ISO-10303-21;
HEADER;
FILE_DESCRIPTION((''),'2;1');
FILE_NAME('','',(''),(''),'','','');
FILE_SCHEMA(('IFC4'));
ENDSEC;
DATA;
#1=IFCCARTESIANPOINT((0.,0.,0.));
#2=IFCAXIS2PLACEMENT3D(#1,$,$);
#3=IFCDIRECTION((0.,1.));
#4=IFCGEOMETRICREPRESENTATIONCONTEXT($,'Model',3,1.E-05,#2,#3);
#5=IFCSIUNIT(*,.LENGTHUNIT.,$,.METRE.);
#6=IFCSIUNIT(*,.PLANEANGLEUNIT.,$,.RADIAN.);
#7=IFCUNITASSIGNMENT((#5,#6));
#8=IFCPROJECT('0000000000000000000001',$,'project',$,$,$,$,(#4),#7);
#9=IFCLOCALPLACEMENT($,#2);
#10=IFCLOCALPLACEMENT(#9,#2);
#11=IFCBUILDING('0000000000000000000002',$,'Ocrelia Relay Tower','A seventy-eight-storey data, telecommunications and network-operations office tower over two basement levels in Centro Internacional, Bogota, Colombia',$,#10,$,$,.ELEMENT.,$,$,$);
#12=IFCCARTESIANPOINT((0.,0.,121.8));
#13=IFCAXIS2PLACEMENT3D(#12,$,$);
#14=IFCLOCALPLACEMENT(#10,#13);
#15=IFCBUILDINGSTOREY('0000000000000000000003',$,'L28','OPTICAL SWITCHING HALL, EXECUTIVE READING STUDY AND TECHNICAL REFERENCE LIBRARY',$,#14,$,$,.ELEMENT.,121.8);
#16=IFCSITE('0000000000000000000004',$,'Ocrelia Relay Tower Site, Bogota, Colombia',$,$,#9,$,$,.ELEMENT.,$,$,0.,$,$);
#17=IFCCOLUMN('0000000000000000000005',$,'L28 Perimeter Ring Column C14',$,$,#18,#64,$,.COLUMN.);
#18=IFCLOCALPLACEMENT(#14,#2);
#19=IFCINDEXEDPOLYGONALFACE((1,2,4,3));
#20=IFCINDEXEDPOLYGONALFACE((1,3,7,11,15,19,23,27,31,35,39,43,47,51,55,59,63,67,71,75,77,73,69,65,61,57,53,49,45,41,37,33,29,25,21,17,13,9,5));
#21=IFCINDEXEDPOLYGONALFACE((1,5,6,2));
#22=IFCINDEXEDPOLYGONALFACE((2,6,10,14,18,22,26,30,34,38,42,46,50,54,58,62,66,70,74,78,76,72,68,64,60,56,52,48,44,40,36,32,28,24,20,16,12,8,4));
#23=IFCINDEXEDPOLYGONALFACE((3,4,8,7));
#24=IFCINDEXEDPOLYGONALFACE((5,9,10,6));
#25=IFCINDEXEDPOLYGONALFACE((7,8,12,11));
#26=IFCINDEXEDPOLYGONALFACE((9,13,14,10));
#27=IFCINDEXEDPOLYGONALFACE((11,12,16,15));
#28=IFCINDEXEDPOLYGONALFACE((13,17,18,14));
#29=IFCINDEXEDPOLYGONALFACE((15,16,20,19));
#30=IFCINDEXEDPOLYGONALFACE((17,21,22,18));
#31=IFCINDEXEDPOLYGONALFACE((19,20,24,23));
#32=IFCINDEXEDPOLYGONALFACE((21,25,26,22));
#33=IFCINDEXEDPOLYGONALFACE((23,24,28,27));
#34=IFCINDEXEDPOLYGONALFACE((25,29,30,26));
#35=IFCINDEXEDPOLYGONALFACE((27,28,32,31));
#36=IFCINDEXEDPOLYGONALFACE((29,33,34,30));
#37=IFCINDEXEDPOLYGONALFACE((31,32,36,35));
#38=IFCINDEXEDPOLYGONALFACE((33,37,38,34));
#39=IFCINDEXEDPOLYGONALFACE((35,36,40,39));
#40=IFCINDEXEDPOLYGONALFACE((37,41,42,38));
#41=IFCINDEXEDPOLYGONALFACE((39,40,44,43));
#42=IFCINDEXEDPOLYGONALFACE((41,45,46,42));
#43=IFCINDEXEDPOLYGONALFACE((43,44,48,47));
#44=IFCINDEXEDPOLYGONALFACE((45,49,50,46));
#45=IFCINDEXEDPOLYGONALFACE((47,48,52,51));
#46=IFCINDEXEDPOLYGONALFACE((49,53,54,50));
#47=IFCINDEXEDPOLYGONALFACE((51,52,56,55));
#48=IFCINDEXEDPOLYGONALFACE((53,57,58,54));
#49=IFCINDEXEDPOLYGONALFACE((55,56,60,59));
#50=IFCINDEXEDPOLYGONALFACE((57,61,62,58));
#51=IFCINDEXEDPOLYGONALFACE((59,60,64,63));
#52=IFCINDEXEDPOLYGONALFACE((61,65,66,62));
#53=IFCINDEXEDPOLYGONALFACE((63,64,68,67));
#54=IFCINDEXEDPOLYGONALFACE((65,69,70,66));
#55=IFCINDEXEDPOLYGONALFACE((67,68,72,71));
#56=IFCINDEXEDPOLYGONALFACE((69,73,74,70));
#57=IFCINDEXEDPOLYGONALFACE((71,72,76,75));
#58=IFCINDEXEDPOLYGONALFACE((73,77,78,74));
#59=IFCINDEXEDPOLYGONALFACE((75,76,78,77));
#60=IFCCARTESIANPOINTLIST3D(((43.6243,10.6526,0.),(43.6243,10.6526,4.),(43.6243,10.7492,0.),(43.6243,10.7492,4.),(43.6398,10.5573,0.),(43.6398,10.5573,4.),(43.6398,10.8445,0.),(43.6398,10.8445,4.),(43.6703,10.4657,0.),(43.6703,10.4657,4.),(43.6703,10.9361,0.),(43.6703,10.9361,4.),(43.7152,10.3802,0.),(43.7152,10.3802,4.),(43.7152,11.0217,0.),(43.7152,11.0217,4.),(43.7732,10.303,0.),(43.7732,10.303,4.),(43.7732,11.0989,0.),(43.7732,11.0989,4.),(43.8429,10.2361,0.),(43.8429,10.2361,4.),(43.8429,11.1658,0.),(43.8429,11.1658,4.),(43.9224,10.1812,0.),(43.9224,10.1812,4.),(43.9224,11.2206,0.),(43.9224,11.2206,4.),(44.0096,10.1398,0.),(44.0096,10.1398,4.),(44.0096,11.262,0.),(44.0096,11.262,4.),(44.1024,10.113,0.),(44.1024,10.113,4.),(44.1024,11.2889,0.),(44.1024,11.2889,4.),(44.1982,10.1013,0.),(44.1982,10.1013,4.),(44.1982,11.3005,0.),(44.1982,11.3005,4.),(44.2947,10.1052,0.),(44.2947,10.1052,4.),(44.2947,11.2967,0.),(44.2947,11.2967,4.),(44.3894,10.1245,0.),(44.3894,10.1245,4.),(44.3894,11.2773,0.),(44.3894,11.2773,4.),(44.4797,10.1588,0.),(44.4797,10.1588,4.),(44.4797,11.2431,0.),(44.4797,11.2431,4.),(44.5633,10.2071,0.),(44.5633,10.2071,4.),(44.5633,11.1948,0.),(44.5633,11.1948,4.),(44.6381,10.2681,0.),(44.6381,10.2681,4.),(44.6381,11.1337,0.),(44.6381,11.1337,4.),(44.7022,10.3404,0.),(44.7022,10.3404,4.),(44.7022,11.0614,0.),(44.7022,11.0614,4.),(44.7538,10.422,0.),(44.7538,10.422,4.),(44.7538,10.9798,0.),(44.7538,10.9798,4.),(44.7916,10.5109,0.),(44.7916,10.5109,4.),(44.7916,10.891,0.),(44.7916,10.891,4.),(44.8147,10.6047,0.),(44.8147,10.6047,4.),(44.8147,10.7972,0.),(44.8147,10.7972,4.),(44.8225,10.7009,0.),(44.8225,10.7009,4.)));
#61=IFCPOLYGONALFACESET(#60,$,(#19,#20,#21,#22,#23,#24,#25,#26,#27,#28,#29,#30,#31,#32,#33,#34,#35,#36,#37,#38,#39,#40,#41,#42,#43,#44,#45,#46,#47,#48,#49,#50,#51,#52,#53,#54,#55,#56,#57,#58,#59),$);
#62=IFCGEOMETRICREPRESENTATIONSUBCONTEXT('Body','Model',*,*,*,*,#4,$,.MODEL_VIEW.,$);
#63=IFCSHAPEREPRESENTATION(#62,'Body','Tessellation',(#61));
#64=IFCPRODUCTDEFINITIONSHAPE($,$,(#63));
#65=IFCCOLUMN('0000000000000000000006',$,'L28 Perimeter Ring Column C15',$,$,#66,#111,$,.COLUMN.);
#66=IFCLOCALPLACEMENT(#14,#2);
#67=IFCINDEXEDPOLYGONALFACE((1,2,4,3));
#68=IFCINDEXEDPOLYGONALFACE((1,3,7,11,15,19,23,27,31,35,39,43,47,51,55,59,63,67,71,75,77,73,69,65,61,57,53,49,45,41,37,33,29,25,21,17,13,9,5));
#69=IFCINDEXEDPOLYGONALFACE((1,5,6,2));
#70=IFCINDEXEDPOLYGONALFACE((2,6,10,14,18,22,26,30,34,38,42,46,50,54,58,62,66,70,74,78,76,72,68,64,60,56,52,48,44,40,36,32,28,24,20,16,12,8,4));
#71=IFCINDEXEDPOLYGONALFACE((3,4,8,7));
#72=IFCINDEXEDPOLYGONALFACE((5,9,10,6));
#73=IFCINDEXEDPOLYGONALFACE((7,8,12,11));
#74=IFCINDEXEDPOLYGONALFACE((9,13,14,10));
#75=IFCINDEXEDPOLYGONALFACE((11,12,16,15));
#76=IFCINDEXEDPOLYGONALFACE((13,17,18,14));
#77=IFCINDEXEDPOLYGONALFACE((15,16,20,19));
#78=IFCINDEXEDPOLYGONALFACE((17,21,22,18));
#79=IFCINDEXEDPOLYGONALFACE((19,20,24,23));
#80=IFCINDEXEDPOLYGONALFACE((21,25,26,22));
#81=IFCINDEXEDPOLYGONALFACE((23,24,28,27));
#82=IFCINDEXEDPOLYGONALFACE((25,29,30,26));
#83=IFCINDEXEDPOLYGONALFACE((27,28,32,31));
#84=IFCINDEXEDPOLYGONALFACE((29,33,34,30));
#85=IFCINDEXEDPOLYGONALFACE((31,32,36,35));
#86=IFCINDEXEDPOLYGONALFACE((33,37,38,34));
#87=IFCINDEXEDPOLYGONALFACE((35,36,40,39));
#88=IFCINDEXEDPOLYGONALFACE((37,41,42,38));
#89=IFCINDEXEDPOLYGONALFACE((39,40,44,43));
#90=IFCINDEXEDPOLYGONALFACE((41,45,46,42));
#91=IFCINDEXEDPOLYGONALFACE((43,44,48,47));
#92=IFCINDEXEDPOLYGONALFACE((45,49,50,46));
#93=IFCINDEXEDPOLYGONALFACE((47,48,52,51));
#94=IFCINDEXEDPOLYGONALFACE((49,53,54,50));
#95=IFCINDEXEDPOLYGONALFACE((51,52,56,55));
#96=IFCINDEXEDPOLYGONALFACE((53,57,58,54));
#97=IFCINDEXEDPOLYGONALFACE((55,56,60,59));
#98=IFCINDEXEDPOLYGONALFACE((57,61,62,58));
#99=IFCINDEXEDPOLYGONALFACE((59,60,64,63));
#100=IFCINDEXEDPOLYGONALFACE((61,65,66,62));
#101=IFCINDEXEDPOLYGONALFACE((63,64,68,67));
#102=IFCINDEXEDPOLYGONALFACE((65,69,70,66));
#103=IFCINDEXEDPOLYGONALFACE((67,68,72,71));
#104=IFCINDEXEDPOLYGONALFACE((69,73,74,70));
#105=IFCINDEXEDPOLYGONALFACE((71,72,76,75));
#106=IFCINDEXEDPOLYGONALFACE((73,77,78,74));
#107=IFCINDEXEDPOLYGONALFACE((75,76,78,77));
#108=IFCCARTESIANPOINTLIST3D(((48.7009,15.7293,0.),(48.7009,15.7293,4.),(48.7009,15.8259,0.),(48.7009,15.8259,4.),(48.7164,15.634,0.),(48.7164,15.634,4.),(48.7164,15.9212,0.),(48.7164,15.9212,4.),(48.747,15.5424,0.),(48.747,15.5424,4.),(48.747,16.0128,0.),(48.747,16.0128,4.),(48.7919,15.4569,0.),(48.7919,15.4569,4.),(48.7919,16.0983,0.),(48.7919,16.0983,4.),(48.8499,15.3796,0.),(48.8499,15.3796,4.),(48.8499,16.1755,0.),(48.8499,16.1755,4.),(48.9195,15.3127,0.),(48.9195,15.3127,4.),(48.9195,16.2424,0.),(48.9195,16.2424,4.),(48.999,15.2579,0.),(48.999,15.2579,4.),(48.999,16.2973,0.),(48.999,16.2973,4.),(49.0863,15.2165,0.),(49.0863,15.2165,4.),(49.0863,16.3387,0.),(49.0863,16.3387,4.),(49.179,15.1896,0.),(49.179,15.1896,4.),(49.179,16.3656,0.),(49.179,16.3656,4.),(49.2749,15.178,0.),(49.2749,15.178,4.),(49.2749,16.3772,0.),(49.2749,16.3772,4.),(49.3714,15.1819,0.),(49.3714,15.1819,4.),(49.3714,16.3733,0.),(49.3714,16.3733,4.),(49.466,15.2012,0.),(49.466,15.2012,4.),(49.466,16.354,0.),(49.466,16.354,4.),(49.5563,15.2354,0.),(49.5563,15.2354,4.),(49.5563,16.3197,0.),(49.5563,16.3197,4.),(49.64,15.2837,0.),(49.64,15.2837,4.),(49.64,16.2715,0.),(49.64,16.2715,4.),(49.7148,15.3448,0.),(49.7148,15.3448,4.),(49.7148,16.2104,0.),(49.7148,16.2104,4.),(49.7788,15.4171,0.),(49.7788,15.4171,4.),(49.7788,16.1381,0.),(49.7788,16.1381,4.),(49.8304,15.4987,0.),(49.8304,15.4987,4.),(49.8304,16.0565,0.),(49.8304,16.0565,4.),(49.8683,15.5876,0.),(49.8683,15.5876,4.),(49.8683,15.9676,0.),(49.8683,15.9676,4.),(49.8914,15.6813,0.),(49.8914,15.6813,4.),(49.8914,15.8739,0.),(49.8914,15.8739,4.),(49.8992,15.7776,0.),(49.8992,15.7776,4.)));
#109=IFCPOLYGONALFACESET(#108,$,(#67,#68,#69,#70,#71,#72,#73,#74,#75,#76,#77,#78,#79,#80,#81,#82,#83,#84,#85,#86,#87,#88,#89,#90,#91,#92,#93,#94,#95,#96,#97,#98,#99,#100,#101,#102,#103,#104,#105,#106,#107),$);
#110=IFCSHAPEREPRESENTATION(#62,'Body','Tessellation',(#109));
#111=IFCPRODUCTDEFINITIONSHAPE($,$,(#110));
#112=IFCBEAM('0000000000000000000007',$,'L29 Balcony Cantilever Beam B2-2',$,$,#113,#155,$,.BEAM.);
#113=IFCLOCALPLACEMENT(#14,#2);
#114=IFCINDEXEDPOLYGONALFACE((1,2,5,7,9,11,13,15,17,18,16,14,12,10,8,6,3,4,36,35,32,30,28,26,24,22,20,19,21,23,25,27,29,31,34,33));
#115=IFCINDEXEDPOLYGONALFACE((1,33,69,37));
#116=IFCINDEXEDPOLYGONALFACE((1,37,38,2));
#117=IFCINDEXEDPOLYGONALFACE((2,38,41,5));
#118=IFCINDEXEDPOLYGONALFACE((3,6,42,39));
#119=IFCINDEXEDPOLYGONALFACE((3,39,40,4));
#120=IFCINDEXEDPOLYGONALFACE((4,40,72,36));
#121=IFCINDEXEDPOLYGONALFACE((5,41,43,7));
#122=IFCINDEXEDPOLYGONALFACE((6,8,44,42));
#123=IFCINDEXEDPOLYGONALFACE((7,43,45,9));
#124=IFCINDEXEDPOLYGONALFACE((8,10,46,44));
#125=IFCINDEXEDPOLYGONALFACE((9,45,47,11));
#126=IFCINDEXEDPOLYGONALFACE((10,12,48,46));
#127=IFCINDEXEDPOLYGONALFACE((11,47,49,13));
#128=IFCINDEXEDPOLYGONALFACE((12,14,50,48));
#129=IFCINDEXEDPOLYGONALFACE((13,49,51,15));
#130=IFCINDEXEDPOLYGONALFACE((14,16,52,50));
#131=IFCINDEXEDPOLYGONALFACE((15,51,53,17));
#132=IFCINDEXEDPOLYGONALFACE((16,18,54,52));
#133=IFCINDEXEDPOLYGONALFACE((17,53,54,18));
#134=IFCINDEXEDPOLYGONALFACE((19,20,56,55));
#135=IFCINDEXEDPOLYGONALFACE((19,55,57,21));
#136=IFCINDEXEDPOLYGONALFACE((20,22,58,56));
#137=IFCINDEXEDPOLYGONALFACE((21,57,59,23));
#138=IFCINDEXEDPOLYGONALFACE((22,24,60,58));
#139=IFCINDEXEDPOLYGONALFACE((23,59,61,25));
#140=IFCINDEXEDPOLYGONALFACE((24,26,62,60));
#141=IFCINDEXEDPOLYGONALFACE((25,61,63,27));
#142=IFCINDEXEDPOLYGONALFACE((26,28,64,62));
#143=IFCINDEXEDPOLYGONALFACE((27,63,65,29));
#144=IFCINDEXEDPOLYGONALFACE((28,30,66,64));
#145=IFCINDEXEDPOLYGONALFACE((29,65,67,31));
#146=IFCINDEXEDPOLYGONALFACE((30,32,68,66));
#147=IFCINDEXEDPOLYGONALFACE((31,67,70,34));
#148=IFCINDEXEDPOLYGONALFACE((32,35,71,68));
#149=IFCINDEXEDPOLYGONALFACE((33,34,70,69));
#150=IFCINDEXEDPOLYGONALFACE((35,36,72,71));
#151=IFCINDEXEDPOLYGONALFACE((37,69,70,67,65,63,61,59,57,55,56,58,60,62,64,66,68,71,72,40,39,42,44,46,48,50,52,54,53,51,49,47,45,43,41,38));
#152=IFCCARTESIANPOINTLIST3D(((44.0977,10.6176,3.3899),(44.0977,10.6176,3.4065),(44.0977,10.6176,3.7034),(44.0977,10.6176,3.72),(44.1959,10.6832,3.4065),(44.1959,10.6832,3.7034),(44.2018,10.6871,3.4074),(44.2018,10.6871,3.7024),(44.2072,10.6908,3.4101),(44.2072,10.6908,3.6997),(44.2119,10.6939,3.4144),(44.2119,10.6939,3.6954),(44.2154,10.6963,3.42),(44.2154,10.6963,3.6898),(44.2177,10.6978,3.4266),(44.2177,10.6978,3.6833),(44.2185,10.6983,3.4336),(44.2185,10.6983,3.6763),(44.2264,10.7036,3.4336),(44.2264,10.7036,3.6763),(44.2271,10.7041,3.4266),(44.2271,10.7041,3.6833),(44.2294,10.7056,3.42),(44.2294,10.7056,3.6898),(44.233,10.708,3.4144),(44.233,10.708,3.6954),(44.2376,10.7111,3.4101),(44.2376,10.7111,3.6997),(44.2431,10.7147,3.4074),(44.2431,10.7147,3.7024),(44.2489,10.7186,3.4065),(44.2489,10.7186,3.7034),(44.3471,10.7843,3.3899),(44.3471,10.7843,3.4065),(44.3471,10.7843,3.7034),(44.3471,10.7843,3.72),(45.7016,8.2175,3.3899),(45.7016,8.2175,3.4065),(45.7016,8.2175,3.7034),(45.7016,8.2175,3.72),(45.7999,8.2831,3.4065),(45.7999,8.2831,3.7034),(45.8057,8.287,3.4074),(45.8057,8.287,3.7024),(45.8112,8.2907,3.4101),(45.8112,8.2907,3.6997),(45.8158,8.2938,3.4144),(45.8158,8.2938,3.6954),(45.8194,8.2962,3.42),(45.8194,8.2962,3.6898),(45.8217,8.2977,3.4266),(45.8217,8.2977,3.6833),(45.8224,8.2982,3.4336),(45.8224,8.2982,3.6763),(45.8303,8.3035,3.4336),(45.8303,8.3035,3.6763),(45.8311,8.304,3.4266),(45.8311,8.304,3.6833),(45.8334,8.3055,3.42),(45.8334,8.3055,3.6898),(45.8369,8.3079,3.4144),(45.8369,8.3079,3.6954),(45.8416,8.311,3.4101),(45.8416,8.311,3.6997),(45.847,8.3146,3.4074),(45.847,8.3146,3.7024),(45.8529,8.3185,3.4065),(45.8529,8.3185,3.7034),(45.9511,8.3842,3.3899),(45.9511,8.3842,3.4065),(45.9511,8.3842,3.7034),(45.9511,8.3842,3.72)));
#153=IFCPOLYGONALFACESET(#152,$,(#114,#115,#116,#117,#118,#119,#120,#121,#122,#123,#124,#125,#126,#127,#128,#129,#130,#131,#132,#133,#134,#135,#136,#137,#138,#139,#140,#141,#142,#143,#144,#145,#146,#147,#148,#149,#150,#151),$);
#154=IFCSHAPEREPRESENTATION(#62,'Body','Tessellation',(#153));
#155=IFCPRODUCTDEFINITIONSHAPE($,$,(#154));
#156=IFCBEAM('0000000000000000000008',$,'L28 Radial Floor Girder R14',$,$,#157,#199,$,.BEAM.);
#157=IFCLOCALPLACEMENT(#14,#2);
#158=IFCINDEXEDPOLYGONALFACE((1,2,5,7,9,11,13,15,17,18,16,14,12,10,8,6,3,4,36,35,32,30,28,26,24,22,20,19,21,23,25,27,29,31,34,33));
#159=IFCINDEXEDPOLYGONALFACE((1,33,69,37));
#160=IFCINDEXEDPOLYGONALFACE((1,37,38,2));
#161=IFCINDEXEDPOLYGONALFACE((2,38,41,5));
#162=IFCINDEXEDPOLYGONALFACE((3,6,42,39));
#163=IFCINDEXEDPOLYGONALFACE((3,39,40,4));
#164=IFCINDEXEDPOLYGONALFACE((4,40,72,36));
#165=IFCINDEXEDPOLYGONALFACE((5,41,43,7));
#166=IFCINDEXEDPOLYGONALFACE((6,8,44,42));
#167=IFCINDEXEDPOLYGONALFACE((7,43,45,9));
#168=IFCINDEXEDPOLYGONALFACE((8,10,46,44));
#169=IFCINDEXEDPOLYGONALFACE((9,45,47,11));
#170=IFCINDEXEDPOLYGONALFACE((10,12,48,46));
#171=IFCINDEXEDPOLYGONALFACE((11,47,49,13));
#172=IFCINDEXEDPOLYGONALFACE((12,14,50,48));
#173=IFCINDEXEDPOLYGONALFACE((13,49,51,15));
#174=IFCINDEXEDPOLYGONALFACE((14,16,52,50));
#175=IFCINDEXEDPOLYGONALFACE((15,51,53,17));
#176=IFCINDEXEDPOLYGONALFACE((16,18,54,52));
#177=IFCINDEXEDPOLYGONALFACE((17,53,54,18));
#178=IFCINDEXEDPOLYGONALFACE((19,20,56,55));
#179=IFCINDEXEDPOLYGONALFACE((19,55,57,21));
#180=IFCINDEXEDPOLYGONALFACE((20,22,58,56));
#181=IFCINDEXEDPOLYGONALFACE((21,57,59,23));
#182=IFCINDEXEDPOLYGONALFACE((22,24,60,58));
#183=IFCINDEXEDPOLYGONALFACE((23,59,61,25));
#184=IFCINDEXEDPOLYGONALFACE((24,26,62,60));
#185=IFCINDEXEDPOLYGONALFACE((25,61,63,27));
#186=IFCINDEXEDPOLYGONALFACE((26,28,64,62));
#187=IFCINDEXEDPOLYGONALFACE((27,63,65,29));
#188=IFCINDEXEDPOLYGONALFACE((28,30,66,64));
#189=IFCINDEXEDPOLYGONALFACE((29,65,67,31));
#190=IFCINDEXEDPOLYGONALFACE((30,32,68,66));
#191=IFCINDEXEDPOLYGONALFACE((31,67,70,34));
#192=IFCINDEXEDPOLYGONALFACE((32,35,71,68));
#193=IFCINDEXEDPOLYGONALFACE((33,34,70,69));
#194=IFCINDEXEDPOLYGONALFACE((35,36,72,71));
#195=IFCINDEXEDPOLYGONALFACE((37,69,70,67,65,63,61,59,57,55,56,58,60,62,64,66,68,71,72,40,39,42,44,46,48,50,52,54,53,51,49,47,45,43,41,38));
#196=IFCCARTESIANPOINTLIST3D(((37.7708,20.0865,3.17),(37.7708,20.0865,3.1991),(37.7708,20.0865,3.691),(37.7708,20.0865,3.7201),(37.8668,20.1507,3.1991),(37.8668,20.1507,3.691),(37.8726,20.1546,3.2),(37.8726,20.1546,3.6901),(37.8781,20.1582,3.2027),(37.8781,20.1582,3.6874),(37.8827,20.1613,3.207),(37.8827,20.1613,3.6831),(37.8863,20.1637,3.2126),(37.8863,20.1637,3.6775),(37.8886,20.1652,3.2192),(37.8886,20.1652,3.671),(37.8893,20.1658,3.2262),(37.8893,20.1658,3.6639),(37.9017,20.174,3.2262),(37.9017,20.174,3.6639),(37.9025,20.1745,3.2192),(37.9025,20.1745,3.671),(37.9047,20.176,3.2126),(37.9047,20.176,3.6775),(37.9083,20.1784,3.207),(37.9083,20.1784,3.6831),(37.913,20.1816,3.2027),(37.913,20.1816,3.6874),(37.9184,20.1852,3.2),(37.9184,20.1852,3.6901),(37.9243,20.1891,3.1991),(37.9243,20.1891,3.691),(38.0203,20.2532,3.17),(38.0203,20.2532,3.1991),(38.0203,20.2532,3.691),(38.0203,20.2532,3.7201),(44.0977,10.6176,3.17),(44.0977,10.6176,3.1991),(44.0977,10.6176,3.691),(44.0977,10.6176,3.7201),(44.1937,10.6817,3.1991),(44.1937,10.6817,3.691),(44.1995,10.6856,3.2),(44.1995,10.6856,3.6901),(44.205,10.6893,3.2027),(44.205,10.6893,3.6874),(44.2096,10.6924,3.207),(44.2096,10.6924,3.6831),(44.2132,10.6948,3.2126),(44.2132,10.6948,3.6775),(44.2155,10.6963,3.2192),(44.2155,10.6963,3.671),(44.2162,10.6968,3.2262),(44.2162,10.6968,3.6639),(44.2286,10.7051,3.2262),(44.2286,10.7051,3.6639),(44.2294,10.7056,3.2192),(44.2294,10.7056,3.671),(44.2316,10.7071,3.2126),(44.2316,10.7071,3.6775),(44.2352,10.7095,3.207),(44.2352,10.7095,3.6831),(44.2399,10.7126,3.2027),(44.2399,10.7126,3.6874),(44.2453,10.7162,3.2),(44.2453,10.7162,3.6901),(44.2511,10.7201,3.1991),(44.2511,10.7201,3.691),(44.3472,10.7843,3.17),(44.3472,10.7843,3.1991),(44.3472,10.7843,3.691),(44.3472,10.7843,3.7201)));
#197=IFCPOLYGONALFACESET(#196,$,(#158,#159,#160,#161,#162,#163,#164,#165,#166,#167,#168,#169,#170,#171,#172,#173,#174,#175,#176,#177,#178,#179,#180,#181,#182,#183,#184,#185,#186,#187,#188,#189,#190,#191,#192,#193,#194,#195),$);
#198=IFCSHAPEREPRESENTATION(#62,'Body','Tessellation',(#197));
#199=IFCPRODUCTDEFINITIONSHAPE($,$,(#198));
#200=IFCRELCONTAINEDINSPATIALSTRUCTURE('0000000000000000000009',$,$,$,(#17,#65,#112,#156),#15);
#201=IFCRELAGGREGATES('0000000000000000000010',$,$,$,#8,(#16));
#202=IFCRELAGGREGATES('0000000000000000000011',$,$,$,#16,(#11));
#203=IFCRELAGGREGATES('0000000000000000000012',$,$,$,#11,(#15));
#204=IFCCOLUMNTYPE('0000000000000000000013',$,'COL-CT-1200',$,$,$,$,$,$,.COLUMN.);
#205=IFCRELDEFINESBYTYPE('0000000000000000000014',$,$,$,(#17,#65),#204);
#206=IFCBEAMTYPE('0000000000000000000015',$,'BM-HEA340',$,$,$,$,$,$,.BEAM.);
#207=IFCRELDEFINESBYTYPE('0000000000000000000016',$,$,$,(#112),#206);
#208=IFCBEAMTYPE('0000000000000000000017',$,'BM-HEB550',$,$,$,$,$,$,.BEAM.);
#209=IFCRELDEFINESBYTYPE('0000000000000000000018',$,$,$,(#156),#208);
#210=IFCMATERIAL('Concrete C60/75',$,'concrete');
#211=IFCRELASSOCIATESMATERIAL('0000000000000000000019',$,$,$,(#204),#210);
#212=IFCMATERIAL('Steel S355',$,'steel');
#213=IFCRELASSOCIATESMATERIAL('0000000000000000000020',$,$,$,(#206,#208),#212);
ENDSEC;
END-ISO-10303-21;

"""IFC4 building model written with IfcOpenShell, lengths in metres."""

from ifc_helpers import new_model, si_unit, direction, frame, origin, origin_2d, place, context, subcontext, project, spatial, circle, i_section, extrude, material, material_profile, profile_set, type_object, element, save


model = new_model("IFC4")

# Units and contexts
model_context = context("Model", 3, precision=1e-05, world=origin(), true_north=direction((0.0, 1.0)))
body_context = subcontext(model_context, "Body", "Model", "MODEL_VIEW")
ifc_project = project(units=[si_unit("LENGTHUNIT", "METRE"), si_unit("PLANEANGLEUNIT", "RADIAN")], contexts=[model_context])

# Site, building, storey
site_placement = place(None, origin())
site = spatial("IfcSite", under=ifc_project, at=site_placement, Name="Ocrelia Relay Tower Site, Bogota, Colombia", CompositionType="ELEMENT", RefElevation=0.0)
building_placement = place(site_placement, origin())
building = spatial("IfcBuilding", under=site, at=building_placement, Name="Ocrelia Relay Tower", Description="A seventy-eight-storey data, telecommunications and network-operations office tower over two basement levels in Centro Internacional, Bogota, Colombia", CompositionType="ELEMENT")
storey_placement = place(building_placement, frame((0.0, 0.0, 121.8)))
storey = spatial("IfcBuildingStorey", under=building, at=storey_placement, Name="L28", Description="OPTICAL SWITCHING HALL, EXECUTIVE READING STUDY AND TECHNICAL REFERENCE LIBRARY", CompositionType="ELEMENT", Elevation=121.8)

# Columns
ifc_material_1 = material(Name="Concrete C60/75", Category="concrete")
ifc_material_profile_1 = material_profile(ifc_material_1, circle(Radius=0.6001, at=origin_2d()), Name="RC-CIR-1200")
ifc_profile_set_1 = profile_set([ifc_material_profile_1], Name="Concrete C60/75")
column_type = type_object("IfcColumnType", Name="COL-CT-1200", PredefinedType="COLUMN", material=ifc_profile_set_1)
for number, where, z_axis, x_axis, name in (
    (1, (44.2224, 10.7009, 0.0), (0.0, 0.0, 1.0), (1.0, 0.0, 0.0), "L28 Perimeter Ring Column C14"),
    (2, (49.2991, 15.7776, 0.0), (0.0, 0.0, 1.0), (1.0, 0.0, 0.0), "L28 Perimeter Ring Column C15"),
):
    element("IfcColumn", number, at=place(storey_placement, frame(where, z_axis=z_axis, x_axis=x_axis)), inside=storey, type_object=column_type, Name=name, PredefinedType="COLUMN", context=body_context, shape_type="SweptSolid", body=[
        extrude(circle(Radius=0.6001, at=origin_2d()), origin(), (0.0, 0.0, 1.0), 4.0),
    ])

# Beams
ifc_material_2 = material(Name="Steel S355", Category="steel")
ifc_material_profile_2 = material_profile(ifc_material_2, i_section(OverallWidth=0.3, OverallDepth=0.3301, WebThickness=0.0095, FlangeThickness=0.0166, FilletRadius=0.0271, at=origin_2d()), Name="HEA 340")
ifc_profile_set_2 = profile_set([ifc_material_profile_2], Name="Steel S355")
beam_type_1 = type_object("IfcBeamType", Name="BM-HEA340", PredefinedType="BEAM", material=ifc_profile_set_2)
beam_1_placement = place(storey_placement, frame((44.2224, 10.7009, 3.5549), z_axis=(0.555637, -0.831425, 0.0), x_axis=(0.831425, 0.555637, 0.0)))
element("IfcBeam", 3, at=beam_1_placement, inside=storey, type_object=beam_type_1, Name="L29 Balcony Cantilever Beam B2-2", PredefinedType="BEAM", context=body_context, shape_type="SweptSolid", body=[
    extrude(i_section(OverallWidth=0.3, OverallDepth=0.3301, WebThickness=0.0095, FlangeThickness=0.0166, FilletRadius=0.0271, at=origin_2d()), origin(), (0.0, 0.0, 1.0), 2.8867),
])
ifc_material_profile_3 = material_profile(ifc_material_2, i_section(OverallWidth=0.3, OverallDepth=0.55, WebThickness=0.0149, FlangeThickness=0.0291, FilletRadius=0.0271, at=origin_2d()), Name="HEB 550")
ifc_profile_set_3 = profile_set([ifc_material_profile_3], Name="Steel S355")
beam_type_2 = type_object("IfcBeamType", Name="BM-HEB550", PredefinedType="BEAM", material=ifc_profile_set_3)
beam_2_placement = place(storey_placement, frame((44.2224, 10.7009, 3.4451), z_axis=(-0.555566, 0.831473, 0.0), x_axis=(-0.831473, -0.555566, 0.0)))
element("IfcBeam", 4, at=beam_2_placement, inside=storey, type_object=beam_type_2, Name="L28 Radial Floor Girder R14", PredefinedType="BEAM", context=body_context, shape_type="SweptSolid", body=[
    extrude(i_section(OverallWidth=0.3, OverallDepth=0.55, WebThickness=0.0149, FlangeThickness=0.0291, FilletRadius=0.0271, at=origin_2d()), origin(), (0.0, 0.0, 1.0), 11.3882),
])

save(model, "model.ifc")
